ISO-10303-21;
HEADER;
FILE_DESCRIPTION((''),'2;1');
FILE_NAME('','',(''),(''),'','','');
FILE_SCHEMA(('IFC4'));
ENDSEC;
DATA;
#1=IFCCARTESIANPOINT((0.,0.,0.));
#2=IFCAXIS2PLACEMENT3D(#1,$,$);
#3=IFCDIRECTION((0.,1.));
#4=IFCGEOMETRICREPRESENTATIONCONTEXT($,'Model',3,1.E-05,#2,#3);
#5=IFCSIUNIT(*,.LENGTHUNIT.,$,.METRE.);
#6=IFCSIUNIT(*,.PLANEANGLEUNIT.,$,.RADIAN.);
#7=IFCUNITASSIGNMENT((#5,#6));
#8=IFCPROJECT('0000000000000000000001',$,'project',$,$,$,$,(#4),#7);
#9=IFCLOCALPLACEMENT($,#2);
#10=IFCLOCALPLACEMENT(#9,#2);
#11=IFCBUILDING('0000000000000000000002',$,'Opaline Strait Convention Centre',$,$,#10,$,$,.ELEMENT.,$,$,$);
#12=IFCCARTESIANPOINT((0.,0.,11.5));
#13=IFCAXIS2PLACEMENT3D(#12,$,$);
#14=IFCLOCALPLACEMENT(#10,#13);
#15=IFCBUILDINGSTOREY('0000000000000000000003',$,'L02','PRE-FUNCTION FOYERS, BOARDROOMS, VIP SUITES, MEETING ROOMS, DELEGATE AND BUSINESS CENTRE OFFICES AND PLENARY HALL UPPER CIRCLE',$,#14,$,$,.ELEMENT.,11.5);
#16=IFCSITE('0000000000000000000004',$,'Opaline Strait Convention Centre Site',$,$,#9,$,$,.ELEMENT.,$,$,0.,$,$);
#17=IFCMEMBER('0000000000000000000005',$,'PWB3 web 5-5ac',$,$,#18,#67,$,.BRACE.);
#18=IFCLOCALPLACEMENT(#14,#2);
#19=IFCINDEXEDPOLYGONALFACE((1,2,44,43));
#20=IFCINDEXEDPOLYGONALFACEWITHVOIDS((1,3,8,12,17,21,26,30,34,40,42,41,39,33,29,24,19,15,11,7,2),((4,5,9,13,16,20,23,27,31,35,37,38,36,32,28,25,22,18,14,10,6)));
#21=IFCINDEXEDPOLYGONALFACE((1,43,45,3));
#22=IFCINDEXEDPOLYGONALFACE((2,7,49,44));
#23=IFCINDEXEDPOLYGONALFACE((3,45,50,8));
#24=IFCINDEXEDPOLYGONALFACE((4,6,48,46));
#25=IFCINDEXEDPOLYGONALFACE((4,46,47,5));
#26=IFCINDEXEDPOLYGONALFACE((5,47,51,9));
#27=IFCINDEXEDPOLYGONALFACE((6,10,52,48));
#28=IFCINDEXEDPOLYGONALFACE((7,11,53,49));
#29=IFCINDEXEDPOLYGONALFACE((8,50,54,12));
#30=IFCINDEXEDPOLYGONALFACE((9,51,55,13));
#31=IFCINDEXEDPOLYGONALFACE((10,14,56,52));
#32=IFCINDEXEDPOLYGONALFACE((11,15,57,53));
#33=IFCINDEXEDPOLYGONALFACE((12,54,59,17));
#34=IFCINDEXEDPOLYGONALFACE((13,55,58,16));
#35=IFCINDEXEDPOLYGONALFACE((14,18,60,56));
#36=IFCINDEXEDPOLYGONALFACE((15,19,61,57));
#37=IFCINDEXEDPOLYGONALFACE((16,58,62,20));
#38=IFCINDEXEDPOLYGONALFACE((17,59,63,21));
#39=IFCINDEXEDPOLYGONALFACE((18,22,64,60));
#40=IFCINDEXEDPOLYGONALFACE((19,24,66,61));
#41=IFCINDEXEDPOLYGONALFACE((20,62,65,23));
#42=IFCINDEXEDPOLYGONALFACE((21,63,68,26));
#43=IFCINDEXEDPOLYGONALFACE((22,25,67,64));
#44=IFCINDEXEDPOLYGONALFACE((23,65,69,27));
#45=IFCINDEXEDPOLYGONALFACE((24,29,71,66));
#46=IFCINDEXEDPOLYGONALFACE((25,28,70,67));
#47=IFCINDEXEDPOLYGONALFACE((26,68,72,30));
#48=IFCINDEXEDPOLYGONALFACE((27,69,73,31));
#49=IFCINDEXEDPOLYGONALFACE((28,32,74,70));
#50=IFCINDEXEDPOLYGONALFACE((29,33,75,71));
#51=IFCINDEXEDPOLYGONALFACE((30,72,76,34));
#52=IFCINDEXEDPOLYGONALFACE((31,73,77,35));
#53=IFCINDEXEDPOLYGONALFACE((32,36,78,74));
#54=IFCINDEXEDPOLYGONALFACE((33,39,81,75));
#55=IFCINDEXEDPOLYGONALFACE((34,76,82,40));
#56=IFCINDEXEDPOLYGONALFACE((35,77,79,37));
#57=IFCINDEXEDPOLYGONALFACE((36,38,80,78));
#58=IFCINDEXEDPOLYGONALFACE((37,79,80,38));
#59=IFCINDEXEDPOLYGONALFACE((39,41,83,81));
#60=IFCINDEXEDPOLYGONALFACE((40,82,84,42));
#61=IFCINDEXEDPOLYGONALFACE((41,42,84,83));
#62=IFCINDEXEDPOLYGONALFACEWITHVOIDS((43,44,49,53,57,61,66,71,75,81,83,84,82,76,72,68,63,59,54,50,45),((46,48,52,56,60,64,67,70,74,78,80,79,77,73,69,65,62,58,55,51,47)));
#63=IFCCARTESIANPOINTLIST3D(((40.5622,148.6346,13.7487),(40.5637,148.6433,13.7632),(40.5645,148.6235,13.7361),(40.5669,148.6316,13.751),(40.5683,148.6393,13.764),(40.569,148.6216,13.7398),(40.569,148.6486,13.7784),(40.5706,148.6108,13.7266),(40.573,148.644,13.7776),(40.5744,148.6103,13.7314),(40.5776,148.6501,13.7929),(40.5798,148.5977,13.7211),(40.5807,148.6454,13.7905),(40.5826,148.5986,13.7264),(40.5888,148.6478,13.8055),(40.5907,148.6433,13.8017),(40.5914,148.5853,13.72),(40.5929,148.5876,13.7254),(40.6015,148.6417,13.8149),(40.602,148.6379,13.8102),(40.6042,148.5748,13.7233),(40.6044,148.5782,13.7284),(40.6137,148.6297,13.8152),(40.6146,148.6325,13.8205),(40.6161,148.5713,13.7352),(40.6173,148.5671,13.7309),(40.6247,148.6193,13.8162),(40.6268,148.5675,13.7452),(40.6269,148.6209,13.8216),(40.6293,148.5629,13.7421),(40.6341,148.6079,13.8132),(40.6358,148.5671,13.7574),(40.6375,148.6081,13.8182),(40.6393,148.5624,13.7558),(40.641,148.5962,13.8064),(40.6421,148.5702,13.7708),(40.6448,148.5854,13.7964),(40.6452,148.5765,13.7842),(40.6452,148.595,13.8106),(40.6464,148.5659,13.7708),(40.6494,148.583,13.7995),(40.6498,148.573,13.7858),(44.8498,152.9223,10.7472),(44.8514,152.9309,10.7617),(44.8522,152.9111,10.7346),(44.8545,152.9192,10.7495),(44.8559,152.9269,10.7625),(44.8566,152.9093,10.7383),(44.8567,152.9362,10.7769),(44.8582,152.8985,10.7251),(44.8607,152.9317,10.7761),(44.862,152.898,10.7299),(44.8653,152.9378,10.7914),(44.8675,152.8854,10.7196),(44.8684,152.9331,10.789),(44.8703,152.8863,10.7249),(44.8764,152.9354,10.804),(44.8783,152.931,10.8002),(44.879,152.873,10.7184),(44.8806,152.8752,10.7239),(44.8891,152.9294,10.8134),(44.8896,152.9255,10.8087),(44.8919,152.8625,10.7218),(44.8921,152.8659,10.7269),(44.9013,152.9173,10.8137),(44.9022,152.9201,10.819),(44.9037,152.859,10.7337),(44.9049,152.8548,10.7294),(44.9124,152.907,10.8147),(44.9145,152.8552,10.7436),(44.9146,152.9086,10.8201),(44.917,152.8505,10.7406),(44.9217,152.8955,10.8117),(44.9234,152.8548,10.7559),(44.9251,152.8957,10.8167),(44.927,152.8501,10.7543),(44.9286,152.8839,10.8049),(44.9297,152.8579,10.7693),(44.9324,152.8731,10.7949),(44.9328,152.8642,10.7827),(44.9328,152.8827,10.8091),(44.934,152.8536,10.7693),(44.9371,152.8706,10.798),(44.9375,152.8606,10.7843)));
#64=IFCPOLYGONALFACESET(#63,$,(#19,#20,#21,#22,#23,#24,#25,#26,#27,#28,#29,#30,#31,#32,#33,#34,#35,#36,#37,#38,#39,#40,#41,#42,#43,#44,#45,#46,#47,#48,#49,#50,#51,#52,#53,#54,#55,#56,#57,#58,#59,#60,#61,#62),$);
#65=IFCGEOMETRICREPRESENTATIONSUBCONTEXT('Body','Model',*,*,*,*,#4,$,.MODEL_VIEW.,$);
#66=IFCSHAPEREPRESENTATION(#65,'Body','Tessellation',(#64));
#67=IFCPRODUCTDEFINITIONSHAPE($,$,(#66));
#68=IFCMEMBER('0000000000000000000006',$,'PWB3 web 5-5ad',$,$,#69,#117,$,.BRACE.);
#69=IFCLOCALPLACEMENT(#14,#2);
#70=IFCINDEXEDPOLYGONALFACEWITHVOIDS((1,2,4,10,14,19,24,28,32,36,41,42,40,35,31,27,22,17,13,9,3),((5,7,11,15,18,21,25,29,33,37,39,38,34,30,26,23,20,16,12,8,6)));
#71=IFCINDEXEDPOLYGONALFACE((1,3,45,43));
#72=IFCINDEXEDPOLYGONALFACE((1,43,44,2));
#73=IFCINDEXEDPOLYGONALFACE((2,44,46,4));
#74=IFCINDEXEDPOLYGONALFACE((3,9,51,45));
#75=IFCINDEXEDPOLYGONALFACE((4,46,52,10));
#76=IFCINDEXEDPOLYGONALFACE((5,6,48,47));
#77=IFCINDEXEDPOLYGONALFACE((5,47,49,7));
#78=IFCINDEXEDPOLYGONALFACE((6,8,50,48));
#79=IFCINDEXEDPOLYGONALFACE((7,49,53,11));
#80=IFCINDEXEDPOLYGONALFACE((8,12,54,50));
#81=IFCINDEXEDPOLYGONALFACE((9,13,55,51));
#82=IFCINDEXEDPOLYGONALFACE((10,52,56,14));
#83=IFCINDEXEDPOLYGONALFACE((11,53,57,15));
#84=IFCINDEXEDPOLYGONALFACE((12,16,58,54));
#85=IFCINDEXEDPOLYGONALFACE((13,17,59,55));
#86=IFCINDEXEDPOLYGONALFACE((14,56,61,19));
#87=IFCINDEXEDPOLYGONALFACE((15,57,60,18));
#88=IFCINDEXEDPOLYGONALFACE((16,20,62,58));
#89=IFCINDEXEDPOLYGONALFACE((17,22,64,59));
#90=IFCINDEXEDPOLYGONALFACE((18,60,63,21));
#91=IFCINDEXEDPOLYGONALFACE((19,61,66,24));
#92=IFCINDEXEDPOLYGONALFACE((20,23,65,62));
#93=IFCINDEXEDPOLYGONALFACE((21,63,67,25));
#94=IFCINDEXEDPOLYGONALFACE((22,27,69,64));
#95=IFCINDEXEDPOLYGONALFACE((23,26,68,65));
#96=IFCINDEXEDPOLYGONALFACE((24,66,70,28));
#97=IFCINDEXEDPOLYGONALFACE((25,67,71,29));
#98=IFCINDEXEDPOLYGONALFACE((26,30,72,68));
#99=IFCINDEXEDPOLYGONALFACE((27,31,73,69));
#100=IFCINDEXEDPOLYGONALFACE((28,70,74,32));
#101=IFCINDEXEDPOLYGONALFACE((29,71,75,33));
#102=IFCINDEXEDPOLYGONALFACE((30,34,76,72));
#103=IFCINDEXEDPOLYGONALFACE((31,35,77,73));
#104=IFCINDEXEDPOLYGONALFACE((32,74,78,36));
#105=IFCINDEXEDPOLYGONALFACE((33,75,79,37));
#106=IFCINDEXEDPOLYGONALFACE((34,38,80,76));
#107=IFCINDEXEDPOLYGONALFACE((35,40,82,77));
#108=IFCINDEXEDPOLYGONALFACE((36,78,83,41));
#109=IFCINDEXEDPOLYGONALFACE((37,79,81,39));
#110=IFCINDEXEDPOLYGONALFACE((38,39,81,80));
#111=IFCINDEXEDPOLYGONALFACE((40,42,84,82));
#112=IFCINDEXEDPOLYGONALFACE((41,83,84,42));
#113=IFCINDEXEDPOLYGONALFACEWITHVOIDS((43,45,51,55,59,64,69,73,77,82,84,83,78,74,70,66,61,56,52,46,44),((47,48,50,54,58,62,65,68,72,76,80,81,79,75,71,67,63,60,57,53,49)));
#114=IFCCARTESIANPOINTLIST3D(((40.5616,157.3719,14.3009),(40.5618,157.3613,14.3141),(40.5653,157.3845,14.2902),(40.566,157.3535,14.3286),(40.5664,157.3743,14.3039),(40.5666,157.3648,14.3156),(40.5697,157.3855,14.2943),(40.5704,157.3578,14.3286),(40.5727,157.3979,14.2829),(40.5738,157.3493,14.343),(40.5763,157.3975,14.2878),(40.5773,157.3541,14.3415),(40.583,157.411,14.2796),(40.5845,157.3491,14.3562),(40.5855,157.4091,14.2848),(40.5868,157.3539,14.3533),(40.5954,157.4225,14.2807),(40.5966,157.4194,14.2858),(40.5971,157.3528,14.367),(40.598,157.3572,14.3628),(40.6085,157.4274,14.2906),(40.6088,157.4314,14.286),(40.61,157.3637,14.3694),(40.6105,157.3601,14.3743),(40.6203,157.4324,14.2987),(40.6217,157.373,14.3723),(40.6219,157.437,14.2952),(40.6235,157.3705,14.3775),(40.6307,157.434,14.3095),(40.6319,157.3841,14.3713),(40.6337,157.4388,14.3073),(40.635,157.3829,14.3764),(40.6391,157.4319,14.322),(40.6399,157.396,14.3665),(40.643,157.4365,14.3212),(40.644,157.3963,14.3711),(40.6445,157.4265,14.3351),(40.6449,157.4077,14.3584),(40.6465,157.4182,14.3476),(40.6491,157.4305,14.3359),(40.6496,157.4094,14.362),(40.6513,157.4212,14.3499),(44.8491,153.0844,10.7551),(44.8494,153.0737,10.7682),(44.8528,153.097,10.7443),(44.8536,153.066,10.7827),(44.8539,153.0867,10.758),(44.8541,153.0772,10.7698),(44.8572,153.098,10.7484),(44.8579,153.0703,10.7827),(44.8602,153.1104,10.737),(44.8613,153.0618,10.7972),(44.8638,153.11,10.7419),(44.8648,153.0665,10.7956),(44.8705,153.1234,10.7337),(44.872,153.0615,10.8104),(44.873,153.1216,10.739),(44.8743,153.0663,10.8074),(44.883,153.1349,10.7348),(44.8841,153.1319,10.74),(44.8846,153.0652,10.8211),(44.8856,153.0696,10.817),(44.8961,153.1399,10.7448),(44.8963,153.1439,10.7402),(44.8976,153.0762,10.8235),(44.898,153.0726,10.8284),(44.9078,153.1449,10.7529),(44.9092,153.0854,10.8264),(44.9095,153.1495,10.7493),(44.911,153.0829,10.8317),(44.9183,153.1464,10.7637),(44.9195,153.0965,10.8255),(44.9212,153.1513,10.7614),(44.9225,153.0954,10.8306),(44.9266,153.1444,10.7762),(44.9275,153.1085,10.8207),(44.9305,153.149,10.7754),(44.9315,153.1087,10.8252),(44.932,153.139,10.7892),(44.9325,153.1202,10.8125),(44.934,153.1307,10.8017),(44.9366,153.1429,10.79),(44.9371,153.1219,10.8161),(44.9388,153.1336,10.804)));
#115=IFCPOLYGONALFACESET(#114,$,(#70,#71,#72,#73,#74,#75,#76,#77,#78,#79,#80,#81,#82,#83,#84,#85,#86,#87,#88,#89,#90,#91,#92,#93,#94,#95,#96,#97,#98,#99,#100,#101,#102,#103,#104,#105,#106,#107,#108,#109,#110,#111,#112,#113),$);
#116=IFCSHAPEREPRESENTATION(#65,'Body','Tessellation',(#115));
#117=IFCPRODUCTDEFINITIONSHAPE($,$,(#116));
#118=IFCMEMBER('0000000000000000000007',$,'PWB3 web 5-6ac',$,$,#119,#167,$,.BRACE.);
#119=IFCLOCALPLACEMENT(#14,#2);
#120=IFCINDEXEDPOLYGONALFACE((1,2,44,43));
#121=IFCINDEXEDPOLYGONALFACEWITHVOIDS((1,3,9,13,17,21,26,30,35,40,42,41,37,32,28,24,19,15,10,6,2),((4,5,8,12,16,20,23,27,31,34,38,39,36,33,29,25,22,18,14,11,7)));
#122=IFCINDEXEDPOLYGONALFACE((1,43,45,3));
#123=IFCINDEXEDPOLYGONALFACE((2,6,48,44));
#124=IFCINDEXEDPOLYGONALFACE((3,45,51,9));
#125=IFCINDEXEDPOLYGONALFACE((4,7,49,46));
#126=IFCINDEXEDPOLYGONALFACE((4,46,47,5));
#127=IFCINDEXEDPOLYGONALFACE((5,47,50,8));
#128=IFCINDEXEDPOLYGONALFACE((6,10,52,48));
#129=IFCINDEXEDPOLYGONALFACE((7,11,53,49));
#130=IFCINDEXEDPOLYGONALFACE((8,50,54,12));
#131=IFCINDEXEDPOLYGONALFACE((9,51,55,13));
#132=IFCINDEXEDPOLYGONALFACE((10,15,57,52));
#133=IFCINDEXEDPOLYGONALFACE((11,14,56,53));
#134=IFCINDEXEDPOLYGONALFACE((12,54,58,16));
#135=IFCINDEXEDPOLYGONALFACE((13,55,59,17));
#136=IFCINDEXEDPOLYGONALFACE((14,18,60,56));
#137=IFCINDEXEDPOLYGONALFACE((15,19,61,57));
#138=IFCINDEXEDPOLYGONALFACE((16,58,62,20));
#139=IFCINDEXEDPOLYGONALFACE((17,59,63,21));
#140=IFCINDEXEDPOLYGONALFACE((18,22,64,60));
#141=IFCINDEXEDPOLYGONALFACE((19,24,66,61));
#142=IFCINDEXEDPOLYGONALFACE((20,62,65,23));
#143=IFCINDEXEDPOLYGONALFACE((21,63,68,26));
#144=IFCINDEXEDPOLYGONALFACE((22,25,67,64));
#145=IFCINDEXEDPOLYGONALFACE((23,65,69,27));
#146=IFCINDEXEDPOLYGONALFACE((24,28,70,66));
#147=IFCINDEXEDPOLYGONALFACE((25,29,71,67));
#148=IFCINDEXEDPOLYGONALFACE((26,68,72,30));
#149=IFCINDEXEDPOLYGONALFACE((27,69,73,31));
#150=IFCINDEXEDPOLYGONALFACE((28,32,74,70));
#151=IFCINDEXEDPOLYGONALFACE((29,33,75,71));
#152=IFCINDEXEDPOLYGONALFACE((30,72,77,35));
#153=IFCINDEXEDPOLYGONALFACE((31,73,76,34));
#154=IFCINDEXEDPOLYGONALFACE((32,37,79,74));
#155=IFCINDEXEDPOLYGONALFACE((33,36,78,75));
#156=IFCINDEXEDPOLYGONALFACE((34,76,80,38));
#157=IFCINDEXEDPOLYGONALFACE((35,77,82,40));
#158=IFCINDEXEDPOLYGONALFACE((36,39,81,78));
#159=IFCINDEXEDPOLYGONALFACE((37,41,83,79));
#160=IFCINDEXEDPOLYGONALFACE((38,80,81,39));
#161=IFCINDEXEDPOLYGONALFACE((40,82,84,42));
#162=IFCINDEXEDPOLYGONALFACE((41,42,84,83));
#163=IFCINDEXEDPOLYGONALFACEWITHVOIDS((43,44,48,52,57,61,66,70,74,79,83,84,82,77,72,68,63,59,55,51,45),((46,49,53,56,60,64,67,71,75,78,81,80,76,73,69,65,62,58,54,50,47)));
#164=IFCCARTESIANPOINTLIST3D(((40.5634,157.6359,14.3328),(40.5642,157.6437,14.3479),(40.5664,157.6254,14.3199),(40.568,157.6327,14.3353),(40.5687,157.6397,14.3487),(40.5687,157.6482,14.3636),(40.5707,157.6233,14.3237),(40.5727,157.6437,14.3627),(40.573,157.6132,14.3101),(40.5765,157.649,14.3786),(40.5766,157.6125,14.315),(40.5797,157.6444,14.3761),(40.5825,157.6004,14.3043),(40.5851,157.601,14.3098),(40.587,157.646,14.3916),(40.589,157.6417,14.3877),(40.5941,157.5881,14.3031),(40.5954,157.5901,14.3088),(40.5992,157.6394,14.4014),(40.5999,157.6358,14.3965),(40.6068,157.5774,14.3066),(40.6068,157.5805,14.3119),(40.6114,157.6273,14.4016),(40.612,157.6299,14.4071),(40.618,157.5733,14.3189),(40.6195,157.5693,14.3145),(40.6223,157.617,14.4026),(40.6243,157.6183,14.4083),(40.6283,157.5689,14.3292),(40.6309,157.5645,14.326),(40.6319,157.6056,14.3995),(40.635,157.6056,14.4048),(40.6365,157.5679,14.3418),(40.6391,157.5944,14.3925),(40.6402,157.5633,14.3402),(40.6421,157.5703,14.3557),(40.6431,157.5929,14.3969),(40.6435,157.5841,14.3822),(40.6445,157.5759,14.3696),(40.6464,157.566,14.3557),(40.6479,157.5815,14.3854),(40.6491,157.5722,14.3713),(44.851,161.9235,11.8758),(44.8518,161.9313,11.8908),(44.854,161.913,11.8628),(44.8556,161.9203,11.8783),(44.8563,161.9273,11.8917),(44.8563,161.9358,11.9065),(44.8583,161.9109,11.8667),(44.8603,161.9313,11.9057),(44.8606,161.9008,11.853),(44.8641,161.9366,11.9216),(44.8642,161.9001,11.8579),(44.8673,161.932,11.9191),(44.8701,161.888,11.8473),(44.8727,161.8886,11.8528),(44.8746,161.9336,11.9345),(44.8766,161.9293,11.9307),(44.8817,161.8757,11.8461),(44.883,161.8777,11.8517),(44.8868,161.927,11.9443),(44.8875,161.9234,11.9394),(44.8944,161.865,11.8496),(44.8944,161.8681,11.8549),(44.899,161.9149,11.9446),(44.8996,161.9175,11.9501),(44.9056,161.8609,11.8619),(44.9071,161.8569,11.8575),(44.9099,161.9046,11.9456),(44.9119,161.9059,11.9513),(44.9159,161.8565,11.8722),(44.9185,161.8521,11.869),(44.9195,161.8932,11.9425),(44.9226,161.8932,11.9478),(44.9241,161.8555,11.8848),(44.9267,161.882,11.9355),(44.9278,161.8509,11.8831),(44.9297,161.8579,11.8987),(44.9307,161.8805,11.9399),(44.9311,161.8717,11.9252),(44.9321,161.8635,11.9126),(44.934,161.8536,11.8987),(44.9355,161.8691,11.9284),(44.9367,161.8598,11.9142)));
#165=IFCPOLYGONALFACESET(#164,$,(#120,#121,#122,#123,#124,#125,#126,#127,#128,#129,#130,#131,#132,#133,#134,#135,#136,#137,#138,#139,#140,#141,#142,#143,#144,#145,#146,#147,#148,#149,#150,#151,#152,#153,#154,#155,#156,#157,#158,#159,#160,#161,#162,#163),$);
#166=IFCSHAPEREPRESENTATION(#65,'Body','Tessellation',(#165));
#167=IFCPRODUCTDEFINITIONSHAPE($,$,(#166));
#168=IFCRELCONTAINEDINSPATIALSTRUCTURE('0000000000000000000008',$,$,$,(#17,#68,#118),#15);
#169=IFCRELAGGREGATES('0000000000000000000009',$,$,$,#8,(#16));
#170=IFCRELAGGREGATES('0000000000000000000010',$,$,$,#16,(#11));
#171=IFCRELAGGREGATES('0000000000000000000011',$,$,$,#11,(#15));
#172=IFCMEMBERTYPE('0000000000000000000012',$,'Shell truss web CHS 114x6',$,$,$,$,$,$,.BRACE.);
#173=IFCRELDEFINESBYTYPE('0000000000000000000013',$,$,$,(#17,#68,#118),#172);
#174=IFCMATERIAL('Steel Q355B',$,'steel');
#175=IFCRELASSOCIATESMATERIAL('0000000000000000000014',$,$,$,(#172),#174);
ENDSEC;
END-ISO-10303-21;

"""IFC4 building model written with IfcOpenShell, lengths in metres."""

from ifc_helpers import new_model, si_unit, direction, frame, origin, origin_2d, place, context, subcontext, project, spatial, hollow_circle, extrude, material, material_profile, profile_set, type_object, element, save


model = new_model("IFC4")

# Units and contexts
model_context = context("Model", 3, precision=1e-05, world=origin(), true_north=direction((0.0, 1.0)))
body_context = subcontext(model_context, "Body", "Model", "MODEL_VIEW")
ifc_project = project(units=[si_unit("LENGTHUNIT", "METRE"), si_unit("PLANEANGLEUNIT", "RADIAN")], contexts=[model_context])

# Site, building, storey
site_placement = place(None, origin())
site = spatial("IfcSite", under=ifc_project, at=site_placement, Name="Opaline Strait Convention Centre Site", CompositionType="ELEMENT", RefElevation=0.0)
building_placement = place(site_placement, origin())
building = spatial("IfcBuilding", under=site, at=building_placement, Name="Opaline Strait Convention Centre", CompositionType="ELEMENT")
storey_placement = place(building_placement, frame((0.0, 0.0, 11.5)))
storey = spatial("IfcBuildingStorey", under=building, at=storey_placement, Name="L02", Description="PRE-FUNCTION FOYERS, BOARDROOMS, VIP SUITES, MEETING ROOMS, DELEGATE AND BUSINESS CENTRE OFFICES AND PLENARY HALL UPPER CIRCLE", CompositionType="ELEMENT", Elevation=11.5)

# Members
ifc_material_1 = material(Name="Steel Q355B", Category="steel")
ifc_material_profile_1 = material_profile(ifc_material_1, hollow_circle(Radius=0.0569, WallThickness=0.0061, at=origin_2d()), Name="CHS 114x6")
ifc_profile_set_1 = profile_set([ifc_material_profile_1], Name="Steel Q355B")
member_type_1 = type_object("IfcMemberType", Name="Shell truss web CHS 114x6", PredefinedType="BRACE", material=ifc_profile_set_1)
member_1_placement = place(storey_placement, frame((44.8938, 152.8938, 10.7693), z_axis=(-0.633718, -0.633718, 0.443624), x_axis=(0.707107, -0.707107, 0.0)))
element("IfcMember", 1, at=member_1_placement, inside=storey, type_object=member_type_1, Name="PWB3 web 5-5ac", PredefinedType="BRACE", context=body_context, shape_type="SweptSolid", body=[
    extrude(hollow_circle(Radius=0.0569, WallThickness=0.0061, at=origin_2d()), origin(), (0.0, 0.0, 1.0), 6.7659),
])
member_2_placement = place(storey_placement, frame((44.8938, 153.1062, 10.7827), z_axis=(-0.610398, 0.610398, 0.504807), x_axis=(-0.707107, -0.707107, 0.0)))
element("IfcMember", 2, at=member_2_placement, inside=storey, type_object=member_type_1, Name="PWB3 web 5-5ad", PredefinedType="BRACE", context=body_context, shape_type="SweptSolid", body=[
    extrude(hollow_circle(Radius=0.0569, WallThickness=0.0061, at=origin_2d()), origin(), (0.0, 0.0, 1.0), 7.0242),
])
member_3_placement = place(storey_placement, frame((44.8938, 161.8938, 11.8987), z_axis=(-0.655348, -0.655348, 0.375551), x_axis=(0.707107, -0.707107, 0.0)))
element("IfcMember", 3, at=member_3_placement, inside=storey, type_object=member_type_1, Name="PWB3 web 5-6ac", PredefinedType="BRACE", context=body_context, shape_type="SweptSolid", body=[
    extrude(hollow_circle(Radius=0.0569, WallThickness=0.0061, at=origin_2d()), origin(), (0.0, 0.0, 1.0), 6.5425),
])

save(model, "model.ifc")
